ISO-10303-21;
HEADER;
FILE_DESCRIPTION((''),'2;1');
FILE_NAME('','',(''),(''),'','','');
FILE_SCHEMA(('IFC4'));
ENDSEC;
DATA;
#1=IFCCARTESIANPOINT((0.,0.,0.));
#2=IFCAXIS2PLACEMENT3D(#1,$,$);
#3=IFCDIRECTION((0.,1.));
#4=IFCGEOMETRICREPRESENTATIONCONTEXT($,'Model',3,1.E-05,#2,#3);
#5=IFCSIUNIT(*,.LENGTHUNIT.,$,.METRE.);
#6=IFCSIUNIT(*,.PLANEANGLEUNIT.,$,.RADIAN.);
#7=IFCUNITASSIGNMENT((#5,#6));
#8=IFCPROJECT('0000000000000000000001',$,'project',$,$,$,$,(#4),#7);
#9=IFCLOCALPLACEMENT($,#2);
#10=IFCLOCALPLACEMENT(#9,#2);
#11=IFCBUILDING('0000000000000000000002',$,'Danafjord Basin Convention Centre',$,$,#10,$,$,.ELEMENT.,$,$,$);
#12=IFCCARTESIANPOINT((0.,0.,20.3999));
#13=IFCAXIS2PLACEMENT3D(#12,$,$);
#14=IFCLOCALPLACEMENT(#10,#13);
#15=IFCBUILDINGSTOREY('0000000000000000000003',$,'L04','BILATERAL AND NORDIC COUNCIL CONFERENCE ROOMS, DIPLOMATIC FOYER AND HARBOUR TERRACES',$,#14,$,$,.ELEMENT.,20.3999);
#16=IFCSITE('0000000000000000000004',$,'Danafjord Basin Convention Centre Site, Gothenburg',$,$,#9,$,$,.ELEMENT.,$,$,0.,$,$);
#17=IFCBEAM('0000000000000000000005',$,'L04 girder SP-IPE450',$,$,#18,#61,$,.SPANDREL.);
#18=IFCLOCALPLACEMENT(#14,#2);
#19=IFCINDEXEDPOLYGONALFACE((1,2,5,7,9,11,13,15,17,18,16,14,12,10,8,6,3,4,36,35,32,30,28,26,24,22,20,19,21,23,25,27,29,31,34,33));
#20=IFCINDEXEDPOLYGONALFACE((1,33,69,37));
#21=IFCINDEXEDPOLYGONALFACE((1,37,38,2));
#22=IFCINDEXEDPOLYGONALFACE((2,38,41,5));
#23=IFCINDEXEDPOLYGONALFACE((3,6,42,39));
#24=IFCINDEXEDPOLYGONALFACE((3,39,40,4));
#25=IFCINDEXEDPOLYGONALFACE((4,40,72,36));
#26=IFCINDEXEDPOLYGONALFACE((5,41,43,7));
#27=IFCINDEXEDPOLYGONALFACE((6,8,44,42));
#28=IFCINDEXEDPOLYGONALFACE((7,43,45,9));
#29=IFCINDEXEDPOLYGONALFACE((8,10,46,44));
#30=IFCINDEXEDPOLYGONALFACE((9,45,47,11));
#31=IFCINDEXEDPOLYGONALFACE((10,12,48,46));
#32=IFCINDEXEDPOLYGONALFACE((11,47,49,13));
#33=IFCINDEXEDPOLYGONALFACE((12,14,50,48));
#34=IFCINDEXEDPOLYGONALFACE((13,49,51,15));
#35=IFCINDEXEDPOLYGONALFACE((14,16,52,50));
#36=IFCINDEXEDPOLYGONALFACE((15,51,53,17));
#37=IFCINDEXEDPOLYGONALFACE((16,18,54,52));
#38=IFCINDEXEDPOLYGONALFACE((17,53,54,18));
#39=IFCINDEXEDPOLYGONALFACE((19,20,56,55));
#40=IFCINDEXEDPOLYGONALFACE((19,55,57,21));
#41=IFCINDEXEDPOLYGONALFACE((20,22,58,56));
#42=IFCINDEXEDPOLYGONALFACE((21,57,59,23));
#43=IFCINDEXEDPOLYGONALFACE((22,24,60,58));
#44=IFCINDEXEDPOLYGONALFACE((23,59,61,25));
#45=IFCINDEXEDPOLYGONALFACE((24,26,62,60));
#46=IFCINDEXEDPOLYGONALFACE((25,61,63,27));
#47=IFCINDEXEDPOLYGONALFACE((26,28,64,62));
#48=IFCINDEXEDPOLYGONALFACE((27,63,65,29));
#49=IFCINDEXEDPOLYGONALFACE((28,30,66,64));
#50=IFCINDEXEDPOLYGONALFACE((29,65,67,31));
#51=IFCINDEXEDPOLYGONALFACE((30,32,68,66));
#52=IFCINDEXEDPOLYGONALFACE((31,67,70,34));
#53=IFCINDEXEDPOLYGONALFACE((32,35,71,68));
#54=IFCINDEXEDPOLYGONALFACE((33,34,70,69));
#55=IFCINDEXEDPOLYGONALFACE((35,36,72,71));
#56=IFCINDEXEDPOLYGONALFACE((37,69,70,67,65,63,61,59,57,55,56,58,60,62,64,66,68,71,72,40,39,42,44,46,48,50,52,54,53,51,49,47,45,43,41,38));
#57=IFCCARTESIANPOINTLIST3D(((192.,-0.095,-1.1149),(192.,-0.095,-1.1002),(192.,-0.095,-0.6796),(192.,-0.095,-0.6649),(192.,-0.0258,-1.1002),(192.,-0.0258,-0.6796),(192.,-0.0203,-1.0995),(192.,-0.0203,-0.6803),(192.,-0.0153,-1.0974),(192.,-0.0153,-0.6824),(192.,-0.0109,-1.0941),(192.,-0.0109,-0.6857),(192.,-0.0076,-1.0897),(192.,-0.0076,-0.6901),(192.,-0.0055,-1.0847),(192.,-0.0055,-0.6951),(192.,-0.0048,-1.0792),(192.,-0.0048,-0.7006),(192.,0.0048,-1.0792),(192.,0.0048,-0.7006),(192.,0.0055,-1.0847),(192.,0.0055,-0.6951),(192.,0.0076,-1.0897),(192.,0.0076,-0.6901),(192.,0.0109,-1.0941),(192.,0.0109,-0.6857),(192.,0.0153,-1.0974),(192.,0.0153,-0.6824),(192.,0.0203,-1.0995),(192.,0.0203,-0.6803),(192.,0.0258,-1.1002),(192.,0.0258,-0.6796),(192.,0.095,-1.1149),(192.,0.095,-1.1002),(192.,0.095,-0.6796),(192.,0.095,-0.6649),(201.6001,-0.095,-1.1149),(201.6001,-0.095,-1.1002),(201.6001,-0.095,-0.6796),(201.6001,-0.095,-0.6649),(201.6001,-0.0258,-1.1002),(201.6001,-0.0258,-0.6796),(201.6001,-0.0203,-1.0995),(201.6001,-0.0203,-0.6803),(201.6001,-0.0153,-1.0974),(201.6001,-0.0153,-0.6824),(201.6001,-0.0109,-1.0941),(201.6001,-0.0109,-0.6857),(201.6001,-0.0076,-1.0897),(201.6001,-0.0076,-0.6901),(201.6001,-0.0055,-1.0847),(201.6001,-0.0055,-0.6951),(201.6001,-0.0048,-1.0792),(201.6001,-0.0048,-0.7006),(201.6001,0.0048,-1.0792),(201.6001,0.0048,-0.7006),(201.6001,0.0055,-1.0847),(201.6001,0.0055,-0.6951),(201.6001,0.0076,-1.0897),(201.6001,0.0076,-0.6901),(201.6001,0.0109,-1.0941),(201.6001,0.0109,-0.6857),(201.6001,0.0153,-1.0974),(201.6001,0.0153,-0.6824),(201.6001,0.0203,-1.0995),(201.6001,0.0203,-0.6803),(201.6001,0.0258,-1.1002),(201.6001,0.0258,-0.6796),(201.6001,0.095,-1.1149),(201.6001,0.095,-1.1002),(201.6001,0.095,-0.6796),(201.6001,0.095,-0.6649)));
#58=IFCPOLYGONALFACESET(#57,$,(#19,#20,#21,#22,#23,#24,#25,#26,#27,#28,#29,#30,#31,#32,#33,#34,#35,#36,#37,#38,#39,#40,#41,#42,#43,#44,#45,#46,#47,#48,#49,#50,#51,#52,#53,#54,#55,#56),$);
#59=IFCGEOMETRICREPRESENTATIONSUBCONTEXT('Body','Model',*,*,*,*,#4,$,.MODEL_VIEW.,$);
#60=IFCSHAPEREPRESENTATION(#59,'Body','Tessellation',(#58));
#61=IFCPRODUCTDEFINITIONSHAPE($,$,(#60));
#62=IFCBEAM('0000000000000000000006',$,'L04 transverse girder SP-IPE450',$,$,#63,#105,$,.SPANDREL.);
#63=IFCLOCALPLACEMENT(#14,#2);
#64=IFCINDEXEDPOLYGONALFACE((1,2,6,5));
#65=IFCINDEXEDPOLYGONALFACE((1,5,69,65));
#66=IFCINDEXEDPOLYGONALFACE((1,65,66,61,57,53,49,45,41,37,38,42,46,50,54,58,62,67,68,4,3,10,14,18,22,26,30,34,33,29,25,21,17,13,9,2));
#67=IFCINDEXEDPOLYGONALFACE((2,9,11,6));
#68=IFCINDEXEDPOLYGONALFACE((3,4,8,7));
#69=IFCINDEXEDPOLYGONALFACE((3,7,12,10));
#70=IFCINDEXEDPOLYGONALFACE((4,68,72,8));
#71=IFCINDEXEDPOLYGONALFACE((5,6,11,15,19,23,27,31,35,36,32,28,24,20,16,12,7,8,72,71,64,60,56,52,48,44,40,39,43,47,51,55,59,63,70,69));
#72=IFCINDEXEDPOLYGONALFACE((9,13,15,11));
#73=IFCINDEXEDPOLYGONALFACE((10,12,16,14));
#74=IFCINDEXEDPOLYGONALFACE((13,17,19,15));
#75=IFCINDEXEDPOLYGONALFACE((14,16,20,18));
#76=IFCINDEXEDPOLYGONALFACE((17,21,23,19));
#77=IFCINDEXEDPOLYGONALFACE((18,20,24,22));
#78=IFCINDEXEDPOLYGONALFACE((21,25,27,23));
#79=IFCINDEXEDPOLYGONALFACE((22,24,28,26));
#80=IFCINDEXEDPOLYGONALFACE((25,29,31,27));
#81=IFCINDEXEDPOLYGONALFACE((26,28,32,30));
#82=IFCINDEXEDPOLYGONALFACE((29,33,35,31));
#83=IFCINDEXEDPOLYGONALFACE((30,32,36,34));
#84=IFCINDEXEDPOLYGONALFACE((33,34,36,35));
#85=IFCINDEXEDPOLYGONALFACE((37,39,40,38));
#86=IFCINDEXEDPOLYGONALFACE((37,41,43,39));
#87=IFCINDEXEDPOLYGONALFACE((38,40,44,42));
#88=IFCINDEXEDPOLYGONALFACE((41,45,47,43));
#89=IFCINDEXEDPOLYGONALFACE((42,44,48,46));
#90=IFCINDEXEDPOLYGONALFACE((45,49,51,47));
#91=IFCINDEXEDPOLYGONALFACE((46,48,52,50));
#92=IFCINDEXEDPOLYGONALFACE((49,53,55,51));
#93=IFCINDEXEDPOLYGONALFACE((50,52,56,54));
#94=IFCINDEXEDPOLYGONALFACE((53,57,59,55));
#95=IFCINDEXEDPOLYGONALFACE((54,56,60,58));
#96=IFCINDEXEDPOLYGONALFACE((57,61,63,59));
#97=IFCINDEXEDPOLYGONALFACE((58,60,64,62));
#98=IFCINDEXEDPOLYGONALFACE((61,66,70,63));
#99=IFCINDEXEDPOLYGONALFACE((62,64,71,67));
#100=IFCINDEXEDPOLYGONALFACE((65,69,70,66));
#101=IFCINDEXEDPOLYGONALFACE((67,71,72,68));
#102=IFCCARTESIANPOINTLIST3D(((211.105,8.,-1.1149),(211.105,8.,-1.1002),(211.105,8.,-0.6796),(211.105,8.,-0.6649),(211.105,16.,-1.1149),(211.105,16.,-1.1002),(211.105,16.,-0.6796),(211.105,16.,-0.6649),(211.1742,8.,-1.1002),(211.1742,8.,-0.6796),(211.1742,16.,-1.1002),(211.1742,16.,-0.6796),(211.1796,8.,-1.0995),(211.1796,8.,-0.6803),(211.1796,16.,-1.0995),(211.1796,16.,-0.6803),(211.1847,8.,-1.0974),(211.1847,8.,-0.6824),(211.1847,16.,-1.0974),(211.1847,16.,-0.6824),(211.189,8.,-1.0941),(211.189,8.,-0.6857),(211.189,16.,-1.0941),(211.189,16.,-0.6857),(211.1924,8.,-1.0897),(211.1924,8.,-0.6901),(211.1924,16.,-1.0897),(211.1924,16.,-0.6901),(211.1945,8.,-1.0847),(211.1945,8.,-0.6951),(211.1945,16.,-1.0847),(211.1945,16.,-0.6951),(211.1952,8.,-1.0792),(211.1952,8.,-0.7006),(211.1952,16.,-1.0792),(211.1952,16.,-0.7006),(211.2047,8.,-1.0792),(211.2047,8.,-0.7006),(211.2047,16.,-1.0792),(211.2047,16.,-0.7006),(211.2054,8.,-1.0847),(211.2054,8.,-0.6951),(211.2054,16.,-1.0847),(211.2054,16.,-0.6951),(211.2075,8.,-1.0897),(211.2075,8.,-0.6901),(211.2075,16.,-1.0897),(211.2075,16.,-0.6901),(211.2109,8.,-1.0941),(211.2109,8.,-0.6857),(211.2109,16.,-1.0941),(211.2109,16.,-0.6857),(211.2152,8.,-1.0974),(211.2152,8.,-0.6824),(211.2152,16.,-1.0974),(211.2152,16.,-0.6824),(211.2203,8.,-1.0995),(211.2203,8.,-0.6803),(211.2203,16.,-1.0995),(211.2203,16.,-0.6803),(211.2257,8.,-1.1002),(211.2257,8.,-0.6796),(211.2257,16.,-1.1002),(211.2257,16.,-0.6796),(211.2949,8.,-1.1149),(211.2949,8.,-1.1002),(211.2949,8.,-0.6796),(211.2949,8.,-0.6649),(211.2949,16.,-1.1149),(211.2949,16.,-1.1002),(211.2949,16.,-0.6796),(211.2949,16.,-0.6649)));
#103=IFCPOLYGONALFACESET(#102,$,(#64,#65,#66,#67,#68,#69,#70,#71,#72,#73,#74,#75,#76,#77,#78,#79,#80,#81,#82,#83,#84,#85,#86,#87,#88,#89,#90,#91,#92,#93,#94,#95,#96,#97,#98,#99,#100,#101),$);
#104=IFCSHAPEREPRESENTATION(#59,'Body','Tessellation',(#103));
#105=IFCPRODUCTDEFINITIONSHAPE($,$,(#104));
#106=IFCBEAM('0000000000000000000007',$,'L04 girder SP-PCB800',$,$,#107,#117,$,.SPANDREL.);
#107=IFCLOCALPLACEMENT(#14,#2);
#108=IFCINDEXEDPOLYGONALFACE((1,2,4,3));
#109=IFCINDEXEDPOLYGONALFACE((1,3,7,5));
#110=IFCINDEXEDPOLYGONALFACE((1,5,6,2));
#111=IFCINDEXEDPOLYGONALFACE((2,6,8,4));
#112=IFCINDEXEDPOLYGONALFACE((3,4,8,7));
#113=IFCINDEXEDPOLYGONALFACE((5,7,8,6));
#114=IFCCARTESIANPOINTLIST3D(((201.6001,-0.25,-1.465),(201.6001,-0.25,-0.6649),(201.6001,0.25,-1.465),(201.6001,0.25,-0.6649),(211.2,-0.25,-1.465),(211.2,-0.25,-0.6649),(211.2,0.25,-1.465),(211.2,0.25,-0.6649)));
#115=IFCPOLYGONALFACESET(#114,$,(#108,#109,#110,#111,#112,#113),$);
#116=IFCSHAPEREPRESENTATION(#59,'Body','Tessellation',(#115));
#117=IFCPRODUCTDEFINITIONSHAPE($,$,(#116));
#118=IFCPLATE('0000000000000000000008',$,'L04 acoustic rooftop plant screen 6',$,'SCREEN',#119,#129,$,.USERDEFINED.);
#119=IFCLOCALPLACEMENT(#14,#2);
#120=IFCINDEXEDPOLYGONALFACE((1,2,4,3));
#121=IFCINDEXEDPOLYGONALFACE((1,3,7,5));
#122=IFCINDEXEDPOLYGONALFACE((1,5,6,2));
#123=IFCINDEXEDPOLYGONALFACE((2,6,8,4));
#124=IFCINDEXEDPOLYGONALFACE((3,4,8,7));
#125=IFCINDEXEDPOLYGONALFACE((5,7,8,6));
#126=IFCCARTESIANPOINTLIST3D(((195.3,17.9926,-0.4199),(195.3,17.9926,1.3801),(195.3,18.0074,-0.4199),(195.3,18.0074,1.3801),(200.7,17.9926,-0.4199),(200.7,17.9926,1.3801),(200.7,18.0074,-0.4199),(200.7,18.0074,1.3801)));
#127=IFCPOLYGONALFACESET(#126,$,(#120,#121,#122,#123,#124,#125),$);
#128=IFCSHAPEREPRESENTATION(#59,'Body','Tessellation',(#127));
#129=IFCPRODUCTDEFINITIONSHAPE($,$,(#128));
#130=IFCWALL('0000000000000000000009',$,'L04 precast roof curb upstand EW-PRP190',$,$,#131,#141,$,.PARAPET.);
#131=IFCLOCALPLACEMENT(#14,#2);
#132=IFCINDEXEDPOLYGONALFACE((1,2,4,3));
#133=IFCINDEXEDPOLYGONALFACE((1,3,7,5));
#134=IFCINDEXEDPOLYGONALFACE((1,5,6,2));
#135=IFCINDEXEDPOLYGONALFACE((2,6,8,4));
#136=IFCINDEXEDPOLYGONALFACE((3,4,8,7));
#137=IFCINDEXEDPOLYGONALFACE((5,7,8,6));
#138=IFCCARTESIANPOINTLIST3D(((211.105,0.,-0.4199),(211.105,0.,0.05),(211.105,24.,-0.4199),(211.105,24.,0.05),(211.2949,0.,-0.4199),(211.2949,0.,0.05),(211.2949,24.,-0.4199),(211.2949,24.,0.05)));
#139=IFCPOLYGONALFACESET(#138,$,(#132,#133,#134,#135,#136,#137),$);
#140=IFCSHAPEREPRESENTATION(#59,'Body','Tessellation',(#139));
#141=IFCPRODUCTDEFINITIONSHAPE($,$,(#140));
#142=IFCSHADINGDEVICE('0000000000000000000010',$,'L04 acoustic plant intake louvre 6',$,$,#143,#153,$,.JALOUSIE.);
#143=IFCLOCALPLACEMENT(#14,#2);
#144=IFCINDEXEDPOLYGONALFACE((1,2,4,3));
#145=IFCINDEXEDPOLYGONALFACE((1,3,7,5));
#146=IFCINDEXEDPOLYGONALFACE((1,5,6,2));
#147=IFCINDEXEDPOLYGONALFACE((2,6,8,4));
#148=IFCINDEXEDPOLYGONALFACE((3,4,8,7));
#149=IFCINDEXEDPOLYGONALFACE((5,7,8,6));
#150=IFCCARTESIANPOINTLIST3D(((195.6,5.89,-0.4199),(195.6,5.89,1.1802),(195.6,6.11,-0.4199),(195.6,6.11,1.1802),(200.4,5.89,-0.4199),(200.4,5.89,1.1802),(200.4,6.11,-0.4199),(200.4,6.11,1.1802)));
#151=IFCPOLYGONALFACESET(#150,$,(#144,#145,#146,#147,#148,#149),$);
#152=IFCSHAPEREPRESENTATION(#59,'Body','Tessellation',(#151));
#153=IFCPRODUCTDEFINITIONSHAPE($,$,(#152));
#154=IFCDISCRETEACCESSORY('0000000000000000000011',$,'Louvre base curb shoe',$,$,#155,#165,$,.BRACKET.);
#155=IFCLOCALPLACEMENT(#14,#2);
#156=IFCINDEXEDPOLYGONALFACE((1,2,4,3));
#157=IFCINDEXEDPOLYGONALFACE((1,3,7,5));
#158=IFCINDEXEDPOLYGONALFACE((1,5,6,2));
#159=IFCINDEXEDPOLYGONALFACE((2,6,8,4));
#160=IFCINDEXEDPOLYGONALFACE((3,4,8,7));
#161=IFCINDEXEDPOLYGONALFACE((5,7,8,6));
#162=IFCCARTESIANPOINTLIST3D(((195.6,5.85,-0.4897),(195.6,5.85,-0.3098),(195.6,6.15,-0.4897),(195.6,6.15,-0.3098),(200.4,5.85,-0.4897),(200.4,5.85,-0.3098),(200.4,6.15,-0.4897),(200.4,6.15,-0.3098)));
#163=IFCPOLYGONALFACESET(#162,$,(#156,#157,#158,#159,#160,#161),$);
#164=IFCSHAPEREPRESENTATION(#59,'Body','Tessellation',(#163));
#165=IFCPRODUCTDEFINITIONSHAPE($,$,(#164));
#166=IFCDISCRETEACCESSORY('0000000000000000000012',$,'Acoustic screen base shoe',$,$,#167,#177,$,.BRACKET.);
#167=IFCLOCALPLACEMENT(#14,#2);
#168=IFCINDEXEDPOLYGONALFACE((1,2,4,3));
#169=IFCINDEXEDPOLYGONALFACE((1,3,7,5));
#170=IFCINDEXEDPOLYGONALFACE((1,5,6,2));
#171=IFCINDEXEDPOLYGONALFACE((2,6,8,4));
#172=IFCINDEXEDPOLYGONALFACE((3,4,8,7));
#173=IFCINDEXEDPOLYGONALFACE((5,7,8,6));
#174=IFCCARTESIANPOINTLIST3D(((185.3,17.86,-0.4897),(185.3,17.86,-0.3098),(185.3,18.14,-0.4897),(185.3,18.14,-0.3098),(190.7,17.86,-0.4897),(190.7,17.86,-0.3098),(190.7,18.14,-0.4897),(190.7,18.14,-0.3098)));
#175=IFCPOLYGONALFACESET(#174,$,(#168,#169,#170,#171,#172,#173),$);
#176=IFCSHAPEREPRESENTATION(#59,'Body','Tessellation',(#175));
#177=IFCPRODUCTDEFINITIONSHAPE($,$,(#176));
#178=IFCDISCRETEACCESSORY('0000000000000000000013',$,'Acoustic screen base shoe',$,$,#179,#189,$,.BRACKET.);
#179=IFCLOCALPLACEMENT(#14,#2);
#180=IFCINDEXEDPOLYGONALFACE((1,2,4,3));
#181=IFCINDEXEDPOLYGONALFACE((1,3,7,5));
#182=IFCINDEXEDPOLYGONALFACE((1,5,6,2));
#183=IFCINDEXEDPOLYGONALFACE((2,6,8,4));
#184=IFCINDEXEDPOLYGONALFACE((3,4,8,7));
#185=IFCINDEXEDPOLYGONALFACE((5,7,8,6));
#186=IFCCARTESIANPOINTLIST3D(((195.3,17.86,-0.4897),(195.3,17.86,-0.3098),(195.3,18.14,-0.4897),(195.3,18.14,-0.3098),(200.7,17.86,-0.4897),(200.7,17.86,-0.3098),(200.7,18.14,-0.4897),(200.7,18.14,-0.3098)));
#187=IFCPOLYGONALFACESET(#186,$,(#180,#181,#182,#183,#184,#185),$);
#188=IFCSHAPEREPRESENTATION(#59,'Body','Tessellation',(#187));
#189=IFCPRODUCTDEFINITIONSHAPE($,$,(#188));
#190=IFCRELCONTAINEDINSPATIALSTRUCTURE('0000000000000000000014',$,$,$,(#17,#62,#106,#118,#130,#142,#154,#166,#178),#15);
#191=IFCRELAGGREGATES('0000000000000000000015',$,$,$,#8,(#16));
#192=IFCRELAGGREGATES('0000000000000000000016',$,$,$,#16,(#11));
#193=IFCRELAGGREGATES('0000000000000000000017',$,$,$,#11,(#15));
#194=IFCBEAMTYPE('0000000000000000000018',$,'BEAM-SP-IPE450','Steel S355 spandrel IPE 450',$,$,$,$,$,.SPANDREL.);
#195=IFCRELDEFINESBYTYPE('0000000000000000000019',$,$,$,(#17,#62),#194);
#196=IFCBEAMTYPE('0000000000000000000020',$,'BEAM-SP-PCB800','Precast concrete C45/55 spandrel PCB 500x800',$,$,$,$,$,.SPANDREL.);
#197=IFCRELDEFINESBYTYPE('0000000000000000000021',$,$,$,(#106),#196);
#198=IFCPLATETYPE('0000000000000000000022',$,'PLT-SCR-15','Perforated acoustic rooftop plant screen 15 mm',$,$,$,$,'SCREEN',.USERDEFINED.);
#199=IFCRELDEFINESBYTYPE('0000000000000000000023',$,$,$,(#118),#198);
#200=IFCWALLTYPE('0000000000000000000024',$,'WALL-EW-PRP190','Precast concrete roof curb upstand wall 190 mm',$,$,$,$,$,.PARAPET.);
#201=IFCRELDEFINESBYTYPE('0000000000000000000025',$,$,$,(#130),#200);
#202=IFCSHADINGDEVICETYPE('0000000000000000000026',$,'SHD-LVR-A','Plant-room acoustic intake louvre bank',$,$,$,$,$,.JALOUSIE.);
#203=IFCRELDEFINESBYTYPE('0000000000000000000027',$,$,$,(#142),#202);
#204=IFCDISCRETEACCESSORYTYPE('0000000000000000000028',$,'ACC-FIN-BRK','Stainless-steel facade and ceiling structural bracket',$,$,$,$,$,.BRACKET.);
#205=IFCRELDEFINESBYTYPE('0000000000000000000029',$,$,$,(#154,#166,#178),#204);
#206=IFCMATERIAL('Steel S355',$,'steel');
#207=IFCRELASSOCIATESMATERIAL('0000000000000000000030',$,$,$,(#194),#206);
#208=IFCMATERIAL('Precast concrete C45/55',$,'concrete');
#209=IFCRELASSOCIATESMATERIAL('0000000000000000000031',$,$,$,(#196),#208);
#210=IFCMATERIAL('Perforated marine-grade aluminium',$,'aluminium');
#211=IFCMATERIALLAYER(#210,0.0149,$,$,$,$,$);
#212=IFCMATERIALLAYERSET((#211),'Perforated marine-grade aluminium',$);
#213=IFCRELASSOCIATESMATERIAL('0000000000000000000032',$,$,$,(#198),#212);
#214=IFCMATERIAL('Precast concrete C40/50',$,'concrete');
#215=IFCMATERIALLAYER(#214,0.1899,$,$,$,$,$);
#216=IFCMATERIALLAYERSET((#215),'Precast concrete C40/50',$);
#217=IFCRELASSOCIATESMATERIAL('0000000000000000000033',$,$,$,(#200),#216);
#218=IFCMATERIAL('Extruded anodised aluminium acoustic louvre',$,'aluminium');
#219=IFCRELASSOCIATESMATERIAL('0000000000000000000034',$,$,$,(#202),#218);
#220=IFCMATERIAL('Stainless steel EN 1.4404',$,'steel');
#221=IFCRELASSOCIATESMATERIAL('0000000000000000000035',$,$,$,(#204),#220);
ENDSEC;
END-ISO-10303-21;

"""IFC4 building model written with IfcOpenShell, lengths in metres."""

from ifc_helpers import new_model, si_unit, direction, frame, frame_2d, origin, origin_2d, place, context, subcontext, project, spatial, rectangle, i_section, extrude, material, layer, layer_set, material_profile, profile_set, type_object, element, save


model = new_model("IFC4")

# Units and contexts
model_context = context("Model", 3, precision=1e-05, world=origin(), true_north=direction((0.0, 1.0)))
body_context = subcontext(model_context, "Body", "Model", "MODEL_VIEW")
ifc_project = project(units=[si_unit("LENGTHUNIT", "METRE"), si_unit("PLANEANGLEUNIT", "RADIAN")], contexts=[model_context])

# Site, building, storey
site_placement = place(None, origin())
site = spatial("IfcSite", under=ifc_project, at=site_placement, Name="Danafjord Basin Convention Centre Site, Gothenburg", CompositionType="ELEMENT", RefElevation=0.0)
building_placement = place(site_placement, origin())
building = spatial("IfcBuilding", under=site, at=building_placement, Name="Danafjord Basin Convention Centre", CompositionType="ELEMENT")
storey_placement = place(building_placement, frame((0.0, 0.0, 20.3999)))
storey = spatial("IfcBuildingStorey", under=building, at=storey_placement, Name="L04", Description="BILATERAL AND NORDIC COUNCIL CONFERENCE ROOMS, DIPLOMATIC FOYER AND HARBOUR TERRACES", CompositionType="ELEMENT", Elevation=20.3999)

# Beams
ifc_material_1 = material(Name="Steel S355", Category="steel")
ifc_material_profile_1 = material_profile(ifc_material_1, i_section(OverallWidth=0.1899, OverallDepth=0.45, WebThickness=0.0095, FlangeThickness=0.0146, FilletRadius=0.021, at=origin_2d()), Name="IPE 450")
ifc_profile_set_1 = profile_set([ifc_material_profile_1], Name="Steel S355")
beam_type_1 = type_object("IfcBeamType", Name="BEAM-SP-IPE450", Description="Steel S355 spandrel IPE 450", PredefinedType="SPANDREL", material=ifc_profile_set_1)
beam_1_placement = place(storey_placement, frame((192.0, 0.0, -0.8899), z_axis=(1.0, 0.0, 0.0), x_axis=(0.0, 1.0, 0.0)))
element("IfcBeam", 1, at=beam_1_placement, inside=storey, type_object=beam_type_1, Name="L04 girder SP-IPE450", PredefinedType="SPANDREL", context=body_context, shape_type="SweptSolid", body=[
    extrude(i_section(OverallWidth=0.1899, OverallDepth=0.45, WebThickness=0.0095, FlangeThickness=0.0146, FilletRadius=0.021, at=origin_2d()), origin(), (0.0, 0.0, 1.0), 9.6001),
])
beam_2_placement = place(storey_placement, frame((211.2, 8.0, -0.8899), z_axis=(0.0, 1.0, 0.0), x_axis=(-1.0, 0.0, 0.0)))
element("IfcBeam", 2, at=beam_2_placement, inside=storey, type_object=beam_type_1, Name="L04 transverse girder SP-IPE450", PredefinedType="SPANDREL", context=body_context, shape_type="SweptSolid", body=[
    extrude(i_section(OverallWidth=0.1899, OverallDepth=0.45, WebThickness=0.0095, FlangeThickness=0.0146, FilletRadius=0.021, at=origin_2d()), origin(), (0.0, 0.0, 1.0), 8.0),
])
ifc_material_2 = material(Name="Precast concrete C45/55", Category="concrete")
ifc_material_profile_2 = material_profile(ifc_material_2, rectangle(XDim=0.5, YDim=0.8, at=origin_2d()), Name="PCB 500x800")
ifc_profile_set_2 = profile_set([ifc_material_profile_2], Name="Precast concrete C45/55")
beam_type_2 = type_object("IfcBeamType", Name="BEAM-SP-PCB800", Description="Precast concrete C45/55 spandrel PCB 500x800", PredefinedType="SPANDREL", material=ifc_profile_set_2)
beam_3_placement = place(storey_placement, frame((201.6001, 0.0, -1.0649), z_axis=(1.0, 0.0, 0.0), x_axis=(0.0, 1.0, 0.0)))
element("IfcBeam", 3, at=beam_3_placement, inside=storey, type_object=beam_type_2, Name="L04 girder SP-PCB800", PredefinedType="SPANDREL", context=body_context, shape_type="SweptSolid", body=[
    extrude(rectangle(XDim=0.5, YDim=0.8, at=origin_2d()), origin(), (0.0, 0.0, 1.0), 9.5999),
])

# Plate
ifc_material_3 = material(Name="Perforated marine-grade aluminium", Category="aluminium")
ifc_layer_1 = layer(ifc_material_3, 0.0149)
ifc_layer_set_1 = layer_set([ifc_layer_1], Name="Perforated marine-grade aluminium")
plate_type = type_object("IfcPlateType", Name="PLT-SCR-15", Description="Perforated acoustic rooftop plant screen 15 mm", ElementType="SCREEN", PredefinedType="USERDEFINED", material=ifc_layer_set_1)
plate_placement = place(storey_placement, frame((198.0, 18.0, -0.4199), z_axis=(0.0, 0.0, 1.0), x_axis=(1.0, 0.0, 0.0)))
element("IfcPlate", 4, at=plate_placement, inside=storey, type_object=plate_type, Name="L04 acoustic rooftop plant screen 6", ObjectType="SCREEN", PredefinedType="USERDEFINED", context=body_context, shape_type="SweptSolid", body=[
    extrude(rectangle(XDim=5.3999, YDim=0.0149, at=origin_2d()), origin(), (0.0, 0.0, 1.0), 1.8),
])

# Wall
ifc_material_4 = material(Name="Precast concrete C40/50", Category="concrete")
ifc_layer_2 = layer(ifc_material_4, 0.1899)
ifc_layer_set_2 = layer_set([ifc_layer_2], Name="Precast concrete C40/50")
wall_type = type_object("IfcWallType", Name="WALL-EW-PRP190", Description="Precast concrete roof curb upstand wall 190 mm", PredefinedType="PARAPET", material=ifc_layer_set_2)
wall_placement = place(storey_placement, frame((211.2, 0.0, -0.4199), z_axis=(0.0, 0.0, 1.0), x_axis=(0.0, 1.0, 0.0)))
element("IfcWall", 5, at=wall_placement, inside=storey, type_object=wall_type, Name="L04 precast roof curb upstand EW-PRP190", PredefinedType="PARAPET", context=body_context, shape_type="SweptSolid", body=[
    extrude(rectangle(XDim=24.0, YDim=0.1899, at=frame_2d((12.0, 0.0))), origin(), (0.0, 0.0, 1.0), 0.47),
])

# Shading device
ifc_material_5 = material(Name="Extruded anodised aluminium acoustic louvre", Category="aluminium")
shading_device_type = type_object("IfcShadingDeviceType", Name="SHD-LVR-A", Description="Plant-room acoustic intake louvre bank", PredefinedType="JALOUSIE", material=ifc_material_5)
shading_device_placement = place(storey_placement, frame((198.0, 6.0, -0.4199), z_axis=(0.0, 0.0, 1.0), x_axis=(1.0, 0.0, 0.0)))
element("IfcShadingDevice", 6, at=shading_device_placement, inside=storey, type_object=shading_device_type, Name="L04 acoustic plant intake louvre 6", PredefinedType="JALOUSIE", context=body_context, shape_type="SweptSolid", body=[
    extrude(rectangle(XDim=4.8, YDim=0.22, at=origin_2d()), origin(), (0.0, 0.0, 1.0), 1.6001),
])

# Discrete accessories
ifc_material_6 = material(Name="Stainless steel EN 1.4404", Category="steel")
discrete_accessory_type = type_object("IfcDiscreteAccessoryType", Name="ACC-FIN-BRK", Description="Stainless-steel facade and ceiling structural bracket", PredefinedType="BRACKET", material=ifc_material_6)
discrete_accessory_placement = place(storey_placement, frame((198.0, 6.0, -0.4897), z_axis=(0.0, 0.0, 1.0), x_axis=(1.0, 0.0, 0.0)))
element("IfcDiscreteAccessory", 7, at=discrete_accessory_placement, inside=storey, type_object=discrete_accessory_type, Name="Louvre base curb shoe", PredefinedType="BRACKET", context=body_context, shape_type="SweptSolid", body=[
    extrude(rectangle(XDim=4.8, YDim=0.3, at=origin_2d()), origin(), (0.0, 0.0, 1.0), 0.1799),
])
for number, where, z_axis, x_axis, name in (
    (8, (188.0, 18.0, -0.4897), (0.0, 0.0, 1.0), (1.0, 0.0, 0.0), "Acoustic screen base shoe"),
    (9, (198.0, 18.0, -0.4897), (0.0, 0.0, 1.0), (1.0, 0.0, 0.0), "Acoustic screen base shoe"),
):
    element("IfcDiscreteAccessory", number, at=place(storey_placement, frame(where, z_axis=z_axis, x_axis=x_axis)), inside=storey, type_object=discrete_accessory_type, Name=name, PredefinedType="BRACKET", context=body_context, shape_type="SweptSolid", body=[
        extrude(rectangle(XDim=5.3999, YDim=0.28, at=origin_2d()), origin(), (0.0, 0.0, 1.0), 0.1799),
    ])

save(model, "model.ifc")
